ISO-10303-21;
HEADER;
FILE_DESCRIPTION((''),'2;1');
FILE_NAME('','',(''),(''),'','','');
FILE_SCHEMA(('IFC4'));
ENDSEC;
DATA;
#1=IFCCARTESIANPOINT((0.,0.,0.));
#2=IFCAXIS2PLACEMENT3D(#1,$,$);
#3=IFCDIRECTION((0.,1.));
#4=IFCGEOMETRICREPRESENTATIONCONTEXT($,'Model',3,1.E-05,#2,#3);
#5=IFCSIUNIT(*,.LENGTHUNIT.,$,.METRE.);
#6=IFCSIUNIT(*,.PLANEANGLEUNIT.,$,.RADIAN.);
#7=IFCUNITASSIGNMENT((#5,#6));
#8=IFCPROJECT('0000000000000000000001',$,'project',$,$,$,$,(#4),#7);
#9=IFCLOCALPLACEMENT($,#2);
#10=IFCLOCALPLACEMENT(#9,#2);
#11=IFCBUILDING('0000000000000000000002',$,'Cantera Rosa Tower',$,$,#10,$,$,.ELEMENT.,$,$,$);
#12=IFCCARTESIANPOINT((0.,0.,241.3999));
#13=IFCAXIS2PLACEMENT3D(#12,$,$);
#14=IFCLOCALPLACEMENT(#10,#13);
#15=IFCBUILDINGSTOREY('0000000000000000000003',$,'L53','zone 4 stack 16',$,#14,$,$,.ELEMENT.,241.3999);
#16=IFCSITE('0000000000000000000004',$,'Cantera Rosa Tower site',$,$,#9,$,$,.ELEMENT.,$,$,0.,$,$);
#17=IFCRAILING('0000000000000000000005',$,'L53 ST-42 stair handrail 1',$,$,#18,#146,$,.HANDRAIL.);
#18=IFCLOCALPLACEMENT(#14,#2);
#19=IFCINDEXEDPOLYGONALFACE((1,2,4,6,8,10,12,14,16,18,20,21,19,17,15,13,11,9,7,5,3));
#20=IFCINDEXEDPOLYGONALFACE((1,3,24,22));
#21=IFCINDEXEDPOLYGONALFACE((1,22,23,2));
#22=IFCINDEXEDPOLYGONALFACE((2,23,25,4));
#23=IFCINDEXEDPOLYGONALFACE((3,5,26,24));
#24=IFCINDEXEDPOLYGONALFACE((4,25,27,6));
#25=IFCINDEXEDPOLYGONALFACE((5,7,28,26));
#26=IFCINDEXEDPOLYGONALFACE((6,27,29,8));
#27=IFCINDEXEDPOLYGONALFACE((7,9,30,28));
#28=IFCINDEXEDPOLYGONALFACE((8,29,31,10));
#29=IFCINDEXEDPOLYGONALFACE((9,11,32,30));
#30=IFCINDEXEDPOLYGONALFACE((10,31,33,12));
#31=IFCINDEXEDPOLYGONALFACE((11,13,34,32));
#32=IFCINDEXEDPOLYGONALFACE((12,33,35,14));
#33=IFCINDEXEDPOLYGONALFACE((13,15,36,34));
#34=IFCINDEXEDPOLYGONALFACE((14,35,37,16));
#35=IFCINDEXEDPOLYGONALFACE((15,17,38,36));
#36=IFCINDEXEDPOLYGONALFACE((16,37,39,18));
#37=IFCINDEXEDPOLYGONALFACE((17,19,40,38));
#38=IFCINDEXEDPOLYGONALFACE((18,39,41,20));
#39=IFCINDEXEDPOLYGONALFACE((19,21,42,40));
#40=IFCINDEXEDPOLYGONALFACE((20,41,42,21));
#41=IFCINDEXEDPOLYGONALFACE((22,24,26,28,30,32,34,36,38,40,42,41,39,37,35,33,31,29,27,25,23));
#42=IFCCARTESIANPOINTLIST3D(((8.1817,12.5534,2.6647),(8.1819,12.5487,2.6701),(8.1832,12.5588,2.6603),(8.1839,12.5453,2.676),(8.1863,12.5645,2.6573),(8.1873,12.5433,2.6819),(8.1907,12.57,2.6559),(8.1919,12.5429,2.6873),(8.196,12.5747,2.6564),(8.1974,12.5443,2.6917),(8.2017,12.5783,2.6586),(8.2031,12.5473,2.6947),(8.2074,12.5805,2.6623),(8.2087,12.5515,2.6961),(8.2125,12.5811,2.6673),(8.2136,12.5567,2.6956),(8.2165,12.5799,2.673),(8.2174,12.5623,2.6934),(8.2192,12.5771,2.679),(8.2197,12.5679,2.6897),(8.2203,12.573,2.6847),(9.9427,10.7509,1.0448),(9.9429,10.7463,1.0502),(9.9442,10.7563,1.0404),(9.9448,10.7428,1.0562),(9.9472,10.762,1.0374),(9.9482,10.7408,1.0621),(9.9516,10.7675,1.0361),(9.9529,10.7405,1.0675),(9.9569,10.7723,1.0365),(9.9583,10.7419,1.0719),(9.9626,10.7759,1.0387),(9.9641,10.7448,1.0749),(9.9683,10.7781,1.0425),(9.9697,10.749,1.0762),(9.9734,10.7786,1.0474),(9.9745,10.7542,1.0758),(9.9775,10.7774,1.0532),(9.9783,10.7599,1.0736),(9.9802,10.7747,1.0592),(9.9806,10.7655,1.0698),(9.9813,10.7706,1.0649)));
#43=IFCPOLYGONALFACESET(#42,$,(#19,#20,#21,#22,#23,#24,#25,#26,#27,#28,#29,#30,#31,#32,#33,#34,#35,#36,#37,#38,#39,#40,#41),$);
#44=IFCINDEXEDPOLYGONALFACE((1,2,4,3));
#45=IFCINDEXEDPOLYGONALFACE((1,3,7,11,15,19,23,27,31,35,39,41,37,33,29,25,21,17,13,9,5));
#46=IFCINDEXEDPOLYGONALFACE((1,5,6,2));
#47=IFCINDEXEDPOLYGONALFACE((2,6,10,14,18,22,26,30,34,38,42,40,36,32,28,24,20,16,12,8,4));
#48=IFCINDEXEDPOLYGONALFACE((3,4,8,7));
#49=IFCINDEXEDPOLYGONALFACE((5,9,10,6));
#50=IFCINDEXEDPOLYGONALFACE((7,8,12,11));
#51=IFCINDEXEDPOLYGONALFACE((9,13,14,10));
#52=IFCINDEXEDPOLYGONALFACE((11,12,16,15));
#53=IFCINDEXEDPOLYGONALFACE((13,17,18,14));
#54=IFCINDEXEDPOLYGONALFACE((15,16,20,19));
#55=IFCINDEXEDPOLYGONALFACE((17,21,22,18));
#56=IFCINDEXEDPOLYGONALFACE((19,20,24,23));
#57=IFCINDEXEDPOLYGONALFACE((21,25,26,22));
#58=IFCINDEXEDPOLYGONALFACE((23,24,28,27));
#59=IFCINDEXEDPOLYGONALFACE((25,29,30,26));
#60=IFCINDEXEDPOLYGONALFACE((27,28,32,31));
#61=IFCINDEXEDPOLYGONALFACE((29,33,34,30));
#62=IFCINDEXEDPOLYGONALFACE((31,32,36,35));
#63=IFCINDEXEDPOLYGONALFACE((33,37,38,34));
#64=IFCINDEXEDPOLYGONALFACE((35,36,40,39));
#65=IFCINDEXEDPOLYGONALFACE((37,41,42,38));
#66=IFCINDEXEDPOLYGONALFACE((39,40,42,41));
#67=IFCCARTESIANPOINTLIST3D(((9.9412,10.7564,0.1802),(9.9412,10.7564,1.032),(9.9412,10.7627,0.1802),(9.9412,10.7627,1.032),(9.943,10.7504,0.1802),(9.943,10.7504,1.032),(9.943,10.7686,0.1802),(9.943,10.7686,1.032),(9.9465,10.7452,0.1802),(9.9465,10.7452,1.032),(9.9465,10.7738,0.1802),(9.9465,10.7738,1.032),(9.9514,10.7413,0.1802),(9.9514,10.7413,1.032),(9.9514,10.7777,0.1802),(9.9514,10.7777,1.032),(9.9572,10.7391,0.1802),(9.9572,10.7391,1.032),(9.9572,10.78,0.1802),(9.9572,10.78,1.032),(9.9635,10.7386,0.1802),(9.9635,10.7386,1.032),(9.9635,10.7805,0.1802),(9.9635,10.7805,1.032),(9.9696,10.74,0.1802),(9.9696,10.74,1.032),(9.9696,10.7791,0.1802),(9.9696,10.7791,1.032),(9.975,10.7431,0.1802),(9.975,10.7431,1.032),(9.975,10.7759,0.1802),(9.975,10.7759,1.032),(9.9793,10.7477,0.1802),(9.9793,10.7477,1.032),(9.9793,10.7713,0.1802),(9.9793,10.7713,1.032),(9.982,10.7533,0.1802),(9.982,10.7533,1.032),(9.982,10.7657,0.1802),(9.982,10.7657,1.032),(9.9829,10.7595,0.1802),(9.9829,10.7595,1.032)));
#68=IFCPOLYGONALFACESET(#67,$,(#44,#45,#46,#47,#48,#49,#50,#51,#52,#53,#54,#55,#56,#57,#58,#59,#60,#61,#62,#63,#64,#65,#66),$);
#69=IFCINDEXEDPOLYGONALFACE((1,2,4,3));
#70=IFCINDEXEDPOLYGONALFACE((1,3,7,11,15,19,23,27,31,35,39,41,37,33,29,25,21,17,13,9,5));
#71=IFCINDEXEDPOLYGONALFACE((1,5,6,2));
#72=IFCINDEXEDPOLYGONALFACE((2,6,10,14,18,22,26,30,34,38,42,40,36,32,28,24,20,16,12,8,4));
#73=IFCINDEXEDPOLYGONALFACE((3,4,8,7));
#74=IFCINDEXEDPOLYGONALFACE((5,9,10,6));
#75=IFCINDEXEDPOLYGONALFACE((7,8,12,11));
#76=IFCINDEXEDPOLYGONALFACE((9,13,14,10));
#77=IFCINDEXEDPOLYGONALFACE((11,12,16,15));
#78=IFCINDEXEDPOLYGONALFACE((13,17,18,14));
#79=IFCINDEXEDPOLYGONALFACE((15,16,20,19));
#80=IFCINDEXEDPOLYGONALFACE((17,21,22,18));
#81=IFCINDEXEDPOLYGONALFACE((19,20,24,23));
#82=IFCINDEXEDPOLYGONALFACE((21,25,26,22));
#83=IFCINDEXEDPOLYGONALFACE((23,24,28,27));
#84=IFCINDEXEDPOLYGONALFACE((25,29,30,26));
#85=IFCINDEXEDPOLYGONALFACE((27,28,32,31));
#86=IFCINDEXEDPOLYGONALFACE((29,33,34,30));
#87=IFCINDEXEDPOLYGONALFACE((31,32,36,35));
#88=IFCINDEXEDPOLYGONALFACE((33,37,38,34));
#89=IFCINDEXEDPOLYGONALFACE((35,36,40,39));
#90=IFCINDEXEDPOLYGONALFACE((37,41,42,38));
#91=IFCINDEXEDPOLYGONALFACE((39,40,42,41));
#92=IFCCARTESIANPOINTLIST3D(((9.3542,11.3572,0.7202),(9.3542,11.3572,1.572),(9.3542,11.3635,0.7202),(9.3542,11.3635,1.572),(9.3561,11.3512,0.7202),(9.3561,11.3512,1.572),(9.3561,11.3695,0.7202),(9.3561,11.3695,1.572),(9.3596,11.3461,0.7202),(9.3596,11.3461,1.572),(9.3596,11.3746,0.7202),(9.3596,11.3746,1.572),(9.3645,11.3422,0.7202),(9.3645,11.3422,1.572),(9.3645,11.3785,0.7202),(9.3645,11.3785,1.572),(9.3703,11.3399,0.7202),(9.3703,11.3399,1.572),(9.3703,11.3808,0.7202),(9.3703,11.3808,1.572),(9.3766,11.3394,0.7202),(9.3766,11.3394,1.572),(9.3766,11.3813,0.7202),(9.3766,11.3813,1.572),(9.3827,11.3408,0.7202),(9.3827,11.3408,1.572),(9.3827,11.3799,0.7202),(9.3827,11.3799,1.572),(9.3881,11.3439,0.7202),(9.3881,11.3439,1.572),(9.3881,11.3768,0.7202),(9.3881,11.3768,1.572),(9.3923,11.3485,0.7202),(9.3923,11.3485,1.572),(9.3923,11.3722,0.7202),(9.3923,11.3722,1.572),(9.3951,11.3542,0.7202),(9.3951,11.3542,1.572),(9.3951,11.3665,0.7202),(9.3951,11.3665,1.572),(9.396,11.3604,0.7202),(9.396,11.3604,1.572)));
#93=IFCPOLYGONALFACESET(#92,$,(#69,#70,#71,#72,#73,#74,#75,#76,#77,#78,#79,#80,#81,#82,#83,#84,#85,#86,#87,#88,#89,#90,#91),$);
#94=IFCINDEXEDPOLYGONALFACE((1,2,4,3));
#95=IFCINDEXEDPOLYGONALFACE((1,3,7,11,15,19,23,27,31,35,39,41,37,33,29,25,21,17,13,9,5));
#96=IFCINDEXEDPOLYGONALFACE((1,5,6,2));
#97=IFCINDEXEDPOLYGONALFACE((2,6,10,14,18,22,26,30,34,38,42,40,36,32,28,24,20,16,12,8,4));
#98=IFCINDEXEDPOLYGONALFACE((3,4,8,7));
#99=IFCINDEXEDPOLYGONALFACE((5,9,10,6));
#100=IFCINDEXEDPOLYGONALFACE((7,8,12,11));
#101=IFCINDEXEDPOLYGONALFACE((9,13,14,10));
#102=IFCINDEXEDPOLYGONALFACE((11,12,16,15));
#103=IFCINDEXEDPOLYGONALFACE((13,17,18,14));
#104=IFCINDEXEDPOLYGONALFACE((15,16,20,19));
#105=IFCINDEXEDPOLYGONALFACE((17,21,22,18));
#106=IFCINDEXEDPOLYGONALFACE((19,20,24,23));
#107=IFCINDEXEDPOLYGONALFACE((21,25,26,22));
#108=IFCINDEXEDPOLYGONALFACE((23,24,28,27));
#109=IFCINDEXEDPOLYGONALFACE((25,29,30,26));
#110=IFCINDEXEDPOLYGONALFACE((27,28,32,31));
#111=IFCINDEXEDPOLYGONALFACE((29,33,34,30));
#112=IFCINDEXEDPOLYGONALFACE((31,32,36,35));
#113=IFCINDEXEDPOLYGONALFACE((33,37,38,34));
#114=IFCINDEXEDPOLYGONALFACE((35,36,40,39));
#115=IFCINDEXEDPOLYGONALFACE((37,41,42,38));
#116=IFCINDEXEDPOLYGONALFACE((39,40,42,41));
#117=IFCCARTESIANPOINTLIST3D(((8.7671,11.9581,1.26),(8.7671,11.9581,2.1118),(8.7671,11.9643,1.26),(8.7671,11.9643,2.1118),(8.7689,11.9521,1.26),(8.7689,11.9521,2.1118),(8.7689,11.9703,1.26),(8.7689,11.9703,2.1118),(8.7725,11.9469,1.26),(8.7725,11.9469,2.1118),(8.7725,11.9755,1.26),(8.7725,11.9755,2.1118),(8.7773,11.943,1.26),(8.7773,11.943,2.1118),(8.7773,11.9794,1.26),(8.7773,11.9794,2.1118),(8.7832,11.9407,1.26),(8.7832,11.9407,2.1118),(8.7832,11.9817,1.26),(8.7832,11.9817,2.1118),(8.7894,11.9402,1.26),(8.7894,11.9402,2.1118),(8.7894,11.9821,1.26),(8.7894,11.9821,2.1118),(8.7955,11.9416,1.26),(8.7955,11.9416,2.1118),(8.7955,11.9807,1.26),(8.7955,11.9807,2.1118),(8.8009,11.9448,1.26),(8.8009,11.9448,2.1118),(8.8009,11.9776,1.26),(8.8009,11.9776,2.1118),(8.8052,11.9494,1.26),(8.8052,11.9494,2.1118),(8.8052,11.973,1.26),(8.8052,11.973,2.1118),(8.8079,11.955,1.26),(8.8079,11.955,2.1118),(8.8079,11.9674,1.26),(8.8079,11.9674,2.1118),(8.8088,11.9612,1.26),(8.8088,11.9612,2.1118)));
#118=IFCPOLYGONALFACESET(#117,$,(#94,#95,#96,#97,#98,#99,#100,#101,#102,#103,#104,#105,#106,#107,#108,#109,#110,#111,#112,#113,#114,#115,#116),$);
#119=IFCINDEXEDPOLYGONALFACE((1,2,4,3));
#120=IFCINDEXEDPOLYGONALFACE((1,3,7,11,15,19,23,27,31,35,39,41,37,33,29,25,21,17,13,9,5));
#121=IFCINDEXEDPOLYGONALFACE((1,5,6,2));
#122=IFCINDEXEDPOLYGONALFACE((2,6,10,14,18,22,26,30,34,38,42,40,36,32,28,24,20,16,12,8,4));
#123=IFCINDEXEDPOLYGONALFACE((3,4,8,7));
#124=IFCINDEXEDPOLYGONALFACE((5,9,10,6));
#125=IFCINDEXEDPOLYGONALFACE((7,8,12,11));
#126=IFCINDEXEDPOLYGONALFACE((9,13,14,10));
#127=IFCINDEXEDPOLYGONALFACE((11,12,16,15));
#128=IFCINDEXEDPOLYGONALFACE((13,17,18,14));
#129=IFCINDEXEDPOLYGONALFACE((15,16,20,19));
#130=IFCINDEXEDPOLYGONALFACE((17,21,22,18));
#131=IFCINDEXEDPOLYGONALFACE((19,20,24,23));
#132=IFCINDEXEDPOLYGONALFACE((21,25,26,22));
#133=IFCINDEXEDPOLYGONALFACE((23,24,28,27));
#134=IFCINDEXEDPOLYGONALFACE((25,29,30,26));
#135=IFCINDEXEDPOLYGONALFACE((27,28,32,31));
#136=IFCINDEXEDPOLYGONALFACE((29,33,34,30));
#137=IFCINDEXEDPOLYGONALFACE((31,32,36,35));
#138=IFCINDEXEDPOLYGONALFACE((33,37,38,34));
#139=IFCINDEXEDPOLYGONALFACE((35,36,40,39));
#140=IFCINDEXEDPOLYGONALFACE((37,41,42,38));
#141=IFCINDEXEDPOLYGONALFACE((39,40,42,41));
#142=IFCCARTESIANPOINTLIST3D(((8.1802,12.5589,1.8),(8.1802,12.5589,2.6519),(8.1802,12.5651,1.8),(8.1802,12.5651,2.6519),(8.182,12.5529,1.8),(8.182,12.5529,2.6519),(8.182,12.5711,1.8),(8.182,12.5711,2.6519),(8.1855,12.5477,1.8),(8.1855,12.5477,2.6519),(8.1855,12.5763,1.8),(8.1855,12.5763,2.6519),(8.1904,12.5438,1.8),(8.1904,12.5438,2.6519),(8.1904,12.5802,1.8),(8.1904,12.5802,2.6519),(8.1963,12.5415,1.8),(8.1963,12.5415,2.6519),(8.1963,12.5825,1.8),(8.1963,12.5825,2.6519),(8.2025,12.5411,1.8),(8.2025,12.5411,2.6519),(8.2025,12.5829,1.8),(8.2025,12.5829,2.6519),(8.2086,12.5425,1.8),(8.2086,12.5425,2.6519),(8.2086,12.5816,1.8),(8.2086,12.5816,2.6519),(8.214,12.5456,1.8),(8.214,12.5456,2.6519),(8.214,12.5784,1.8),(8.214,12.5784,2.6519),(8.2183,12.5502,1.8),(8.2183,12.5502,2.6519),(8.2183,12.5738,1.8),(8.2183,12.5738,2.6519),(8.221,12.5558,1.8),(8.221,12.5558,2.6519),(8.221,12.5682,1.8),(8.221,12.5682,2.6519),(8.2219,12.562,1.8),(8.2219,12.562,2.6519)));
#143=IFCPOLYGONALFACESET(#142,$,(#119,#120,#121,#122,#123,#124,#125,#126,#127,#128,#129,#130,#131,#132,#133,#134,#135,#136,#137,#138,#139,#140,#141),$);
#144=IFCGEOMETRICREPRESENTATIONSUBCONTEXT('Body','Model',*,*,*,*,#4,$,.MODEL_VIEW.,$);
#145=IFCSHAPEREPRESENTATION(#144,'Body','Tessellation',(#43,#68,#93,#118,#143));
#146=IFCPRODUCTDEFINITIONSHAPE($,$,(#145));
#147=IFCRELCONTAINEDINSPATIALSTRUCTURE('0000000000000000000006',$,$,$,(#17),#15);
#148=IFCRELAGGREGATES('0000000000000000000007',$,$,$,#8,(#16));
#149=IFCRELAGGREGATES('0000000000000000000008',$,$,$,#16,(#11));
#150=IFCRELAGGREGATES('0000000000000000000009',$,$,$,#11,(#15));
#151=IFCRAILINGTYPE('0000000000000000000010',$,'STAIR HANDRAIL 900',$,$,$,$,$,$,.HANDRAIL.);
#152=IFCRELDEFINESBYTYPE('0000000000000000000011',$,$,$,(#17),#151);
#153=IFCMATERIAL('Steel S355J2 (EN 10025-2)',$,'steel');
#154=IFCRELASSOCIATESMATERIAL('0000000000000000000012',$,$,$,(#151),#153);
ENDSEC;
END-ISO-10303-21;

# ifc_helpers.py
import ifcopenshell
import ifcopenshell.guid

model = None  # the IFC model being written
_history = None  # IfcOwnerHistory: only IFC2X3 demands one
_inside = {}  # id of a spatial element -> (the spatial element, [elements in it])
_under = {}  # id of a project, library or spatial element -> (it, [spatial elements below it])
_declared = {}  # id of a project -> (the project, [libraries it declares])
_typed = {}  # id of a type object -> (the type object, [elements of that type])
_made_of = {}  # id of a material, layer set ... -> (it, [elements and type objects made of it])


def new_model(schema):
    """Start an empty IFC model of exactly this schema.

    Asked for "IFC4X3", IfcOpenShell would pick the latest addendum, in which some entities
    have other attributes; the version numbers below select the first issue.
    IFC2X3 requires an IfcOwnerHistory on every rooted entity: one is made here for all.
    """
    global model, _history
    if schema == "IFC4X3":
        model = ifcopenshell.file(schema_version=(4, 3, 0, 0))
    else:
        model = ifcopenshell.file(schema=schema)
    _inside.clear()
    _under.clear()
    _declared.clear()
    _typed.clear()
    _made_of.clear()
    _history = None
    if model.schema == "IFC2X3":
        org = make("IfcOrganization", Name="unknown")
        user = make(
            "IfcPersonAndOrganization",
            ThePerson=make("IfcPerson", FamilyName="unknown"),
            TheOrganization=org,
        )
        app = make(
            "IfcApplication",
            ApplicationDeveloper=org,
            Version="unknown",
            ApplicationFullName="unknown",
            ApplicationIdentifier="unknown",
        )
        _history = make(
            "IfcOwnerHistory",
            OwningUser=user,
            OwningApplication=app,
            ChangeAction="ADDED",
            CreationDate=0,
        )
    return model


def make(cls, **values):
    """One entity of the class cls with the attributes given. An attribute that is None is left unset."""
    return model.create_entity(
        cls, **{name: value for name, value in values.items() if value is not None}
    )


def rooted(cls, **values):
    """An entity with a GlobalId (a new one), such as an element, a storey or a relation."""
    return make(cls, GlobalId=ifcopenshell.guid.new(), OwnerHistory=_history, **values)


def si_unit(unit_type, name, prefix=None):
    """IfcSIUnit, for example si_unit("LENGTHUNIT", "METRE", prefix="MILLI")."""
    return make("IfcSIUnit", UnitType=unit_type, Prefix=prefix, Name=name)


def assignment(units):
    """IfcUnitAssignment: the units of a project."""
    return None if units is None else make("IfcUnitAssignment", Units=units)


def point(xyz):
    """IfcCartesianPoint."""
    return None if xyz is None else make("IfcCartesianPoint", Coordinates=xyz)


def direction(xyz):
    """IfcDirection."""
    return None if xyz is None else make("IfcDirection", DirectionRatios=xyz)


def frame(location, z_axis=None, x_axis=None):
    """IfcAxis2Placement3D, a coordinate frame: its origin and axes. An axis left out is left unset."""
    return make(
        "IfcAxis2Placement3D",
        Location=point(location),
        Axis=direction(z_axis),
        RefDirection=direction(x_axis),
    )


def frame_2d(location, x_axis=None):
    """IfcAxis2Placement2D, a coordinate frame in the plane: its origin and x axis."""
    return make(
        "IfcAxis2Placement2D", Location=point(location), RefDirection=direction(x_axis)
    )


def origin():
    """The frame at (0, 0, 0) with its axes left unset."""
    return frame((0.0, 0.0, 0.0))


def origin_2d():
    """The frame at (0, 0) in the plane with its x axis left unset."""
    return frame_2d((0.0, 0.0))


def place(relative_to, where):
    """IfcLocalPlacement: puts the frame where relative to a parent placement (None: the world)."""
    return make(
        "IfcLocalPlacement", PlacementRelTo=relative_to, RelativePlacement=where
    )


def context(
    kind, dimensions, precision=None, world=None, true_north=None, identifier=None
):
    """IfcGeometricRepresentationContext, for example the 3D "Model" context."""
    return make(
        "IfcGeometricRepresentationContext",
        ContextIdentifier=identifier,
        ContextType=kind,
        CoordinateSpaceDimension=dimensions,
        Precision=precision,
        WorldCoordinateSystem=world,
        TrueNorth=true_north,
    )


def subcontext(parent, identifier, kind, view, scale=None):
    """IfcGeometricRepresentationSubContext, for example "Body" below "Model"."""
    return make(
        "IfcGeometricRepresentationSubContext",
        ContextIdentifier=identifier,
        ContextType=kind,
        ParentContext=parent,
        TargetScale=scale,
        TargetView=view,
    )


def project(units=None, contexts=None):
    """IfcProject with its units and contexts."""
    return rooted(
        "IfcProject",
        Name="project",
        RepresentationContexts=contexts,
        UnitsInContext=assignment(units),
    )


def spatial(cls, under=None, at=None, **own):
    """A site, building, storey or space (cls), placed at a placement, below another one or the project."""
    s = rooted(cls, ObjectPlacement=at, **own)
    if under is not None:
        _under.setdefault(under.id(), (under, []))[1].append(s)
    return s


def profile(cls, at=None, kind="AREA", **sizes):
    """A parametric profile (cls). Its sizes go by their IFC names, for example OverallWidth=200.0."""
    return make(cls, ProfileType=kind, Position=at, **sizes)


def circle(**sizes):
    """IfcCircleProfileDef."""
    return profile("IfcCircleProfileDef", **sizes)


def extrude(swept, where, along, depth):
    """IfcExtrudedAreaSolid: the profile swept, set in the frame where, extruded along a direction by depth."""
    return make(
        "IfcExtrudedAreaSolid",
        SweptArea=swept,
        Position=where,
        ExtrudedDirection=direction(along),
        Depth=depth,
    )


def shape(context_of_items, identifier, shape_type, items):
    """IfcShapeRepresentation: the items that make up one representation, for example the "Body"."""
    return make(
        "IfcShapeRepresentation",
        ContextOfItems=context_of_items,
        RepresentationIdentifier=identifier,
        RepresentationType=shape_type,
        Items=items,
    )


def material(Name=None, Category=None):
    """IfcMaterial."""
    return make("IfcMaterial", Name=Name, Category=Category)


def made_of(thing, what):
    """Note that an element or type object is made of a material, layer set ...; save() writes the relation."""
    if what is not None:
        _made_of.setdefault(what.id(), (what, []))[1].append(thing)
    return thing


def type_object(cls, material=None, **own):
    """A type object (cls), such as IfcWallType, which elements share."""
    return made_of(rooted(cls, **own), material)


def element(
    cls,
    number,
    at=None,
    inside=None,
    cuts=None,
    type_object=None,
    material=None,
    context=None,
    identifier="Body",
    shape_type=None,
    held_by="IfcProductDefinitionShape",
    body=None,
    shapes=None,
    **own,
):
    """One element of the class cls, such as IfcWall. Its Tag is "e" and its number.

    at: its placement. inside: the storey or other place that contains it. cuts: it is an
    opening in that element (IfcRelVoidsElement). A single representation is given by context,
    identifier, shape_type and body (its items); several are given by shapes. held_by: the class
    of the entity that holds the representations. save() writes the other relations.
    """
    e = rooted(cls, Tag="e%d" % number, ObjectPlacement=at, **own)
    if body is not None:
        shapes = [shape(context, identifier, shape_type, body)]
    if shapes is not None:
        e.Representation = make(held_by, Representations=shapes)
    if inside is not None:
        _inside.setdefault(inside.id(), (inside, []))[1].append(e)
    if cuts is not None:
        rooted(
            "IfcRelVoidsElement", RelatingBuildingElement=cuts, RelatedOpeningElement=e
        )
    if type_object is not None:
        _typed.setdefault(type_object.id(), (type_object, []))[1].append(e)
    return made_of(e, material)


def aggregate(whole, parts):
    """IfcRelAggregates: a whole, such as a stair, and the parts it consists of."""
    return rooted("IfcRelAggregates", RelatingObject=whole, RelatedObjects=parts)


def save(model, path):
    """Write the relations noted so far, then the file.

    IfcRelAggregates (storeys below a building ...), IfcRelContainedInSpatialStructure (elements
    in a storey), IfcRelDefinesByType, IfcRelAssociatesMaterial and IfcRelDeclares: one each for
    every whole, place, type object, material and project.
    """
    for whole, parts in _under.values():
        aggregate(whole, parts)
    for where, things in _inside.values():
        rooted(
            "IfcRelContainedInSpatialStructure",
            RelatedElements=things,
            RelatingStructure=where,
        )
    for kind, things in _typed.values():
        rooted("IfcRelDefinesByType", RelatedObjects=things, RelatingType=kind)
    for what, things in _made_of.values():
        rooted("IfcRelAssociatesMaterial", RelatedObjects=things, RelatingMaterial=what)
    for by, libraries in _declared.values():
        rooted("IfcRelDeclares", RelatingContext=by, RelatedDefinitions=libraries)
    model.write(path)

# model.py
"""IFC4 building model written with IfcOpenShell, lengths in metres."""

from ifc_helpers import new_model, si_unit, direction, frame, origin, origin_2d, place, context, subcontext, project, spatial, circle, extrude, material, type_object, element, save


model = new_model("IFC4")

# Units and contexts
model_context = context("Model", 3, precision=1e-05, world=origin(), true_north=direction((0.0, 1.0)))
body_context = subcontext(model_context, "Body", "Model", "MODEL_VIEW")
ifc_project = project(units=[si_unit("LENGTHUNIT", "METRE"), si_unit("PLANEANGLEUNIT", "RADIAN")], contexts=[model_context])

# Site, building, storey
site_placement = place(None, origin())
site = spatial("IfcSite", under=ifc_project, at=site_placement, Name="Cantera Rosa Tower site", CompositionType="ELEMENT", RefElevation=0.0)
building_placement = place(site_placement, origin())
building = spatial("IfcBuilding", under=site, at=building_placement, Name="Cantera Rosa Tower", CompositionType="ELEMENT")
storey_placement = place(building_placement, frame((0.0, 0.0, 241.3999)))
storey = spatial("IfcBuildingStorey", under=building, at=storey_placement, Name="L53", Description="zone 4 stack 16", CompositionType="ELEMENT", Elevation=241.3999)

# Railing
ifc_material_1 = material(Name="Steel S355J2 (EN 10025-2)", Category="steel")
railing_type_1 = type_object("IfcRailingType", Name="STAIR HANDRAIL 900", PredefinedType="HANDRAIL", material=ifc_material_1)
railing_1_placement = place(storey_placement, frame((9.9619, 10.7595, 0.1802)))
element("IfcRailing", 1, at=railing_1_placement, inside=storey, type_object=railing_type_1, Name="L53 ST-42 stair handrail 1", PredefinedType="HANDRAIL", context=body_context, shape_type="SweptSolid", body=[
    extrude(circle(Radius=0.0239, at=origin_2d()), frame((0.0, 0.0, 0.876), z_axis=(-0.587844, 0.601699, 0.540738), x_axis=(-0.715294, -0.698824, 0.0)), (0.0, 0.0, 1.0), 2.9956),
    extrude(circle(Radius=0.021, at=origin_2d()), origin(), (0.0, 0.0, 1.0), 0.8518),
    extrude(circle(Radius=0.021, at=origin_2d()), frame((-0.5869, 0.6008, 0.54)), (0.0, 0.0, 1.0), 0.8518),
    extrude(circle(Radius=0.021, at=origin_2d()), frame((-1.1741, 1.2017, 1.0798)), (0.0, 0.0, 1.0), 0.8518),
    extrude(circle(Radius=0.021, at=origin_2d()), frame((-1.761, 1.8025, 1.6199)), (0.0, 0.0, 1.0), 0.8518),
])

save(model, "model.ifc")
